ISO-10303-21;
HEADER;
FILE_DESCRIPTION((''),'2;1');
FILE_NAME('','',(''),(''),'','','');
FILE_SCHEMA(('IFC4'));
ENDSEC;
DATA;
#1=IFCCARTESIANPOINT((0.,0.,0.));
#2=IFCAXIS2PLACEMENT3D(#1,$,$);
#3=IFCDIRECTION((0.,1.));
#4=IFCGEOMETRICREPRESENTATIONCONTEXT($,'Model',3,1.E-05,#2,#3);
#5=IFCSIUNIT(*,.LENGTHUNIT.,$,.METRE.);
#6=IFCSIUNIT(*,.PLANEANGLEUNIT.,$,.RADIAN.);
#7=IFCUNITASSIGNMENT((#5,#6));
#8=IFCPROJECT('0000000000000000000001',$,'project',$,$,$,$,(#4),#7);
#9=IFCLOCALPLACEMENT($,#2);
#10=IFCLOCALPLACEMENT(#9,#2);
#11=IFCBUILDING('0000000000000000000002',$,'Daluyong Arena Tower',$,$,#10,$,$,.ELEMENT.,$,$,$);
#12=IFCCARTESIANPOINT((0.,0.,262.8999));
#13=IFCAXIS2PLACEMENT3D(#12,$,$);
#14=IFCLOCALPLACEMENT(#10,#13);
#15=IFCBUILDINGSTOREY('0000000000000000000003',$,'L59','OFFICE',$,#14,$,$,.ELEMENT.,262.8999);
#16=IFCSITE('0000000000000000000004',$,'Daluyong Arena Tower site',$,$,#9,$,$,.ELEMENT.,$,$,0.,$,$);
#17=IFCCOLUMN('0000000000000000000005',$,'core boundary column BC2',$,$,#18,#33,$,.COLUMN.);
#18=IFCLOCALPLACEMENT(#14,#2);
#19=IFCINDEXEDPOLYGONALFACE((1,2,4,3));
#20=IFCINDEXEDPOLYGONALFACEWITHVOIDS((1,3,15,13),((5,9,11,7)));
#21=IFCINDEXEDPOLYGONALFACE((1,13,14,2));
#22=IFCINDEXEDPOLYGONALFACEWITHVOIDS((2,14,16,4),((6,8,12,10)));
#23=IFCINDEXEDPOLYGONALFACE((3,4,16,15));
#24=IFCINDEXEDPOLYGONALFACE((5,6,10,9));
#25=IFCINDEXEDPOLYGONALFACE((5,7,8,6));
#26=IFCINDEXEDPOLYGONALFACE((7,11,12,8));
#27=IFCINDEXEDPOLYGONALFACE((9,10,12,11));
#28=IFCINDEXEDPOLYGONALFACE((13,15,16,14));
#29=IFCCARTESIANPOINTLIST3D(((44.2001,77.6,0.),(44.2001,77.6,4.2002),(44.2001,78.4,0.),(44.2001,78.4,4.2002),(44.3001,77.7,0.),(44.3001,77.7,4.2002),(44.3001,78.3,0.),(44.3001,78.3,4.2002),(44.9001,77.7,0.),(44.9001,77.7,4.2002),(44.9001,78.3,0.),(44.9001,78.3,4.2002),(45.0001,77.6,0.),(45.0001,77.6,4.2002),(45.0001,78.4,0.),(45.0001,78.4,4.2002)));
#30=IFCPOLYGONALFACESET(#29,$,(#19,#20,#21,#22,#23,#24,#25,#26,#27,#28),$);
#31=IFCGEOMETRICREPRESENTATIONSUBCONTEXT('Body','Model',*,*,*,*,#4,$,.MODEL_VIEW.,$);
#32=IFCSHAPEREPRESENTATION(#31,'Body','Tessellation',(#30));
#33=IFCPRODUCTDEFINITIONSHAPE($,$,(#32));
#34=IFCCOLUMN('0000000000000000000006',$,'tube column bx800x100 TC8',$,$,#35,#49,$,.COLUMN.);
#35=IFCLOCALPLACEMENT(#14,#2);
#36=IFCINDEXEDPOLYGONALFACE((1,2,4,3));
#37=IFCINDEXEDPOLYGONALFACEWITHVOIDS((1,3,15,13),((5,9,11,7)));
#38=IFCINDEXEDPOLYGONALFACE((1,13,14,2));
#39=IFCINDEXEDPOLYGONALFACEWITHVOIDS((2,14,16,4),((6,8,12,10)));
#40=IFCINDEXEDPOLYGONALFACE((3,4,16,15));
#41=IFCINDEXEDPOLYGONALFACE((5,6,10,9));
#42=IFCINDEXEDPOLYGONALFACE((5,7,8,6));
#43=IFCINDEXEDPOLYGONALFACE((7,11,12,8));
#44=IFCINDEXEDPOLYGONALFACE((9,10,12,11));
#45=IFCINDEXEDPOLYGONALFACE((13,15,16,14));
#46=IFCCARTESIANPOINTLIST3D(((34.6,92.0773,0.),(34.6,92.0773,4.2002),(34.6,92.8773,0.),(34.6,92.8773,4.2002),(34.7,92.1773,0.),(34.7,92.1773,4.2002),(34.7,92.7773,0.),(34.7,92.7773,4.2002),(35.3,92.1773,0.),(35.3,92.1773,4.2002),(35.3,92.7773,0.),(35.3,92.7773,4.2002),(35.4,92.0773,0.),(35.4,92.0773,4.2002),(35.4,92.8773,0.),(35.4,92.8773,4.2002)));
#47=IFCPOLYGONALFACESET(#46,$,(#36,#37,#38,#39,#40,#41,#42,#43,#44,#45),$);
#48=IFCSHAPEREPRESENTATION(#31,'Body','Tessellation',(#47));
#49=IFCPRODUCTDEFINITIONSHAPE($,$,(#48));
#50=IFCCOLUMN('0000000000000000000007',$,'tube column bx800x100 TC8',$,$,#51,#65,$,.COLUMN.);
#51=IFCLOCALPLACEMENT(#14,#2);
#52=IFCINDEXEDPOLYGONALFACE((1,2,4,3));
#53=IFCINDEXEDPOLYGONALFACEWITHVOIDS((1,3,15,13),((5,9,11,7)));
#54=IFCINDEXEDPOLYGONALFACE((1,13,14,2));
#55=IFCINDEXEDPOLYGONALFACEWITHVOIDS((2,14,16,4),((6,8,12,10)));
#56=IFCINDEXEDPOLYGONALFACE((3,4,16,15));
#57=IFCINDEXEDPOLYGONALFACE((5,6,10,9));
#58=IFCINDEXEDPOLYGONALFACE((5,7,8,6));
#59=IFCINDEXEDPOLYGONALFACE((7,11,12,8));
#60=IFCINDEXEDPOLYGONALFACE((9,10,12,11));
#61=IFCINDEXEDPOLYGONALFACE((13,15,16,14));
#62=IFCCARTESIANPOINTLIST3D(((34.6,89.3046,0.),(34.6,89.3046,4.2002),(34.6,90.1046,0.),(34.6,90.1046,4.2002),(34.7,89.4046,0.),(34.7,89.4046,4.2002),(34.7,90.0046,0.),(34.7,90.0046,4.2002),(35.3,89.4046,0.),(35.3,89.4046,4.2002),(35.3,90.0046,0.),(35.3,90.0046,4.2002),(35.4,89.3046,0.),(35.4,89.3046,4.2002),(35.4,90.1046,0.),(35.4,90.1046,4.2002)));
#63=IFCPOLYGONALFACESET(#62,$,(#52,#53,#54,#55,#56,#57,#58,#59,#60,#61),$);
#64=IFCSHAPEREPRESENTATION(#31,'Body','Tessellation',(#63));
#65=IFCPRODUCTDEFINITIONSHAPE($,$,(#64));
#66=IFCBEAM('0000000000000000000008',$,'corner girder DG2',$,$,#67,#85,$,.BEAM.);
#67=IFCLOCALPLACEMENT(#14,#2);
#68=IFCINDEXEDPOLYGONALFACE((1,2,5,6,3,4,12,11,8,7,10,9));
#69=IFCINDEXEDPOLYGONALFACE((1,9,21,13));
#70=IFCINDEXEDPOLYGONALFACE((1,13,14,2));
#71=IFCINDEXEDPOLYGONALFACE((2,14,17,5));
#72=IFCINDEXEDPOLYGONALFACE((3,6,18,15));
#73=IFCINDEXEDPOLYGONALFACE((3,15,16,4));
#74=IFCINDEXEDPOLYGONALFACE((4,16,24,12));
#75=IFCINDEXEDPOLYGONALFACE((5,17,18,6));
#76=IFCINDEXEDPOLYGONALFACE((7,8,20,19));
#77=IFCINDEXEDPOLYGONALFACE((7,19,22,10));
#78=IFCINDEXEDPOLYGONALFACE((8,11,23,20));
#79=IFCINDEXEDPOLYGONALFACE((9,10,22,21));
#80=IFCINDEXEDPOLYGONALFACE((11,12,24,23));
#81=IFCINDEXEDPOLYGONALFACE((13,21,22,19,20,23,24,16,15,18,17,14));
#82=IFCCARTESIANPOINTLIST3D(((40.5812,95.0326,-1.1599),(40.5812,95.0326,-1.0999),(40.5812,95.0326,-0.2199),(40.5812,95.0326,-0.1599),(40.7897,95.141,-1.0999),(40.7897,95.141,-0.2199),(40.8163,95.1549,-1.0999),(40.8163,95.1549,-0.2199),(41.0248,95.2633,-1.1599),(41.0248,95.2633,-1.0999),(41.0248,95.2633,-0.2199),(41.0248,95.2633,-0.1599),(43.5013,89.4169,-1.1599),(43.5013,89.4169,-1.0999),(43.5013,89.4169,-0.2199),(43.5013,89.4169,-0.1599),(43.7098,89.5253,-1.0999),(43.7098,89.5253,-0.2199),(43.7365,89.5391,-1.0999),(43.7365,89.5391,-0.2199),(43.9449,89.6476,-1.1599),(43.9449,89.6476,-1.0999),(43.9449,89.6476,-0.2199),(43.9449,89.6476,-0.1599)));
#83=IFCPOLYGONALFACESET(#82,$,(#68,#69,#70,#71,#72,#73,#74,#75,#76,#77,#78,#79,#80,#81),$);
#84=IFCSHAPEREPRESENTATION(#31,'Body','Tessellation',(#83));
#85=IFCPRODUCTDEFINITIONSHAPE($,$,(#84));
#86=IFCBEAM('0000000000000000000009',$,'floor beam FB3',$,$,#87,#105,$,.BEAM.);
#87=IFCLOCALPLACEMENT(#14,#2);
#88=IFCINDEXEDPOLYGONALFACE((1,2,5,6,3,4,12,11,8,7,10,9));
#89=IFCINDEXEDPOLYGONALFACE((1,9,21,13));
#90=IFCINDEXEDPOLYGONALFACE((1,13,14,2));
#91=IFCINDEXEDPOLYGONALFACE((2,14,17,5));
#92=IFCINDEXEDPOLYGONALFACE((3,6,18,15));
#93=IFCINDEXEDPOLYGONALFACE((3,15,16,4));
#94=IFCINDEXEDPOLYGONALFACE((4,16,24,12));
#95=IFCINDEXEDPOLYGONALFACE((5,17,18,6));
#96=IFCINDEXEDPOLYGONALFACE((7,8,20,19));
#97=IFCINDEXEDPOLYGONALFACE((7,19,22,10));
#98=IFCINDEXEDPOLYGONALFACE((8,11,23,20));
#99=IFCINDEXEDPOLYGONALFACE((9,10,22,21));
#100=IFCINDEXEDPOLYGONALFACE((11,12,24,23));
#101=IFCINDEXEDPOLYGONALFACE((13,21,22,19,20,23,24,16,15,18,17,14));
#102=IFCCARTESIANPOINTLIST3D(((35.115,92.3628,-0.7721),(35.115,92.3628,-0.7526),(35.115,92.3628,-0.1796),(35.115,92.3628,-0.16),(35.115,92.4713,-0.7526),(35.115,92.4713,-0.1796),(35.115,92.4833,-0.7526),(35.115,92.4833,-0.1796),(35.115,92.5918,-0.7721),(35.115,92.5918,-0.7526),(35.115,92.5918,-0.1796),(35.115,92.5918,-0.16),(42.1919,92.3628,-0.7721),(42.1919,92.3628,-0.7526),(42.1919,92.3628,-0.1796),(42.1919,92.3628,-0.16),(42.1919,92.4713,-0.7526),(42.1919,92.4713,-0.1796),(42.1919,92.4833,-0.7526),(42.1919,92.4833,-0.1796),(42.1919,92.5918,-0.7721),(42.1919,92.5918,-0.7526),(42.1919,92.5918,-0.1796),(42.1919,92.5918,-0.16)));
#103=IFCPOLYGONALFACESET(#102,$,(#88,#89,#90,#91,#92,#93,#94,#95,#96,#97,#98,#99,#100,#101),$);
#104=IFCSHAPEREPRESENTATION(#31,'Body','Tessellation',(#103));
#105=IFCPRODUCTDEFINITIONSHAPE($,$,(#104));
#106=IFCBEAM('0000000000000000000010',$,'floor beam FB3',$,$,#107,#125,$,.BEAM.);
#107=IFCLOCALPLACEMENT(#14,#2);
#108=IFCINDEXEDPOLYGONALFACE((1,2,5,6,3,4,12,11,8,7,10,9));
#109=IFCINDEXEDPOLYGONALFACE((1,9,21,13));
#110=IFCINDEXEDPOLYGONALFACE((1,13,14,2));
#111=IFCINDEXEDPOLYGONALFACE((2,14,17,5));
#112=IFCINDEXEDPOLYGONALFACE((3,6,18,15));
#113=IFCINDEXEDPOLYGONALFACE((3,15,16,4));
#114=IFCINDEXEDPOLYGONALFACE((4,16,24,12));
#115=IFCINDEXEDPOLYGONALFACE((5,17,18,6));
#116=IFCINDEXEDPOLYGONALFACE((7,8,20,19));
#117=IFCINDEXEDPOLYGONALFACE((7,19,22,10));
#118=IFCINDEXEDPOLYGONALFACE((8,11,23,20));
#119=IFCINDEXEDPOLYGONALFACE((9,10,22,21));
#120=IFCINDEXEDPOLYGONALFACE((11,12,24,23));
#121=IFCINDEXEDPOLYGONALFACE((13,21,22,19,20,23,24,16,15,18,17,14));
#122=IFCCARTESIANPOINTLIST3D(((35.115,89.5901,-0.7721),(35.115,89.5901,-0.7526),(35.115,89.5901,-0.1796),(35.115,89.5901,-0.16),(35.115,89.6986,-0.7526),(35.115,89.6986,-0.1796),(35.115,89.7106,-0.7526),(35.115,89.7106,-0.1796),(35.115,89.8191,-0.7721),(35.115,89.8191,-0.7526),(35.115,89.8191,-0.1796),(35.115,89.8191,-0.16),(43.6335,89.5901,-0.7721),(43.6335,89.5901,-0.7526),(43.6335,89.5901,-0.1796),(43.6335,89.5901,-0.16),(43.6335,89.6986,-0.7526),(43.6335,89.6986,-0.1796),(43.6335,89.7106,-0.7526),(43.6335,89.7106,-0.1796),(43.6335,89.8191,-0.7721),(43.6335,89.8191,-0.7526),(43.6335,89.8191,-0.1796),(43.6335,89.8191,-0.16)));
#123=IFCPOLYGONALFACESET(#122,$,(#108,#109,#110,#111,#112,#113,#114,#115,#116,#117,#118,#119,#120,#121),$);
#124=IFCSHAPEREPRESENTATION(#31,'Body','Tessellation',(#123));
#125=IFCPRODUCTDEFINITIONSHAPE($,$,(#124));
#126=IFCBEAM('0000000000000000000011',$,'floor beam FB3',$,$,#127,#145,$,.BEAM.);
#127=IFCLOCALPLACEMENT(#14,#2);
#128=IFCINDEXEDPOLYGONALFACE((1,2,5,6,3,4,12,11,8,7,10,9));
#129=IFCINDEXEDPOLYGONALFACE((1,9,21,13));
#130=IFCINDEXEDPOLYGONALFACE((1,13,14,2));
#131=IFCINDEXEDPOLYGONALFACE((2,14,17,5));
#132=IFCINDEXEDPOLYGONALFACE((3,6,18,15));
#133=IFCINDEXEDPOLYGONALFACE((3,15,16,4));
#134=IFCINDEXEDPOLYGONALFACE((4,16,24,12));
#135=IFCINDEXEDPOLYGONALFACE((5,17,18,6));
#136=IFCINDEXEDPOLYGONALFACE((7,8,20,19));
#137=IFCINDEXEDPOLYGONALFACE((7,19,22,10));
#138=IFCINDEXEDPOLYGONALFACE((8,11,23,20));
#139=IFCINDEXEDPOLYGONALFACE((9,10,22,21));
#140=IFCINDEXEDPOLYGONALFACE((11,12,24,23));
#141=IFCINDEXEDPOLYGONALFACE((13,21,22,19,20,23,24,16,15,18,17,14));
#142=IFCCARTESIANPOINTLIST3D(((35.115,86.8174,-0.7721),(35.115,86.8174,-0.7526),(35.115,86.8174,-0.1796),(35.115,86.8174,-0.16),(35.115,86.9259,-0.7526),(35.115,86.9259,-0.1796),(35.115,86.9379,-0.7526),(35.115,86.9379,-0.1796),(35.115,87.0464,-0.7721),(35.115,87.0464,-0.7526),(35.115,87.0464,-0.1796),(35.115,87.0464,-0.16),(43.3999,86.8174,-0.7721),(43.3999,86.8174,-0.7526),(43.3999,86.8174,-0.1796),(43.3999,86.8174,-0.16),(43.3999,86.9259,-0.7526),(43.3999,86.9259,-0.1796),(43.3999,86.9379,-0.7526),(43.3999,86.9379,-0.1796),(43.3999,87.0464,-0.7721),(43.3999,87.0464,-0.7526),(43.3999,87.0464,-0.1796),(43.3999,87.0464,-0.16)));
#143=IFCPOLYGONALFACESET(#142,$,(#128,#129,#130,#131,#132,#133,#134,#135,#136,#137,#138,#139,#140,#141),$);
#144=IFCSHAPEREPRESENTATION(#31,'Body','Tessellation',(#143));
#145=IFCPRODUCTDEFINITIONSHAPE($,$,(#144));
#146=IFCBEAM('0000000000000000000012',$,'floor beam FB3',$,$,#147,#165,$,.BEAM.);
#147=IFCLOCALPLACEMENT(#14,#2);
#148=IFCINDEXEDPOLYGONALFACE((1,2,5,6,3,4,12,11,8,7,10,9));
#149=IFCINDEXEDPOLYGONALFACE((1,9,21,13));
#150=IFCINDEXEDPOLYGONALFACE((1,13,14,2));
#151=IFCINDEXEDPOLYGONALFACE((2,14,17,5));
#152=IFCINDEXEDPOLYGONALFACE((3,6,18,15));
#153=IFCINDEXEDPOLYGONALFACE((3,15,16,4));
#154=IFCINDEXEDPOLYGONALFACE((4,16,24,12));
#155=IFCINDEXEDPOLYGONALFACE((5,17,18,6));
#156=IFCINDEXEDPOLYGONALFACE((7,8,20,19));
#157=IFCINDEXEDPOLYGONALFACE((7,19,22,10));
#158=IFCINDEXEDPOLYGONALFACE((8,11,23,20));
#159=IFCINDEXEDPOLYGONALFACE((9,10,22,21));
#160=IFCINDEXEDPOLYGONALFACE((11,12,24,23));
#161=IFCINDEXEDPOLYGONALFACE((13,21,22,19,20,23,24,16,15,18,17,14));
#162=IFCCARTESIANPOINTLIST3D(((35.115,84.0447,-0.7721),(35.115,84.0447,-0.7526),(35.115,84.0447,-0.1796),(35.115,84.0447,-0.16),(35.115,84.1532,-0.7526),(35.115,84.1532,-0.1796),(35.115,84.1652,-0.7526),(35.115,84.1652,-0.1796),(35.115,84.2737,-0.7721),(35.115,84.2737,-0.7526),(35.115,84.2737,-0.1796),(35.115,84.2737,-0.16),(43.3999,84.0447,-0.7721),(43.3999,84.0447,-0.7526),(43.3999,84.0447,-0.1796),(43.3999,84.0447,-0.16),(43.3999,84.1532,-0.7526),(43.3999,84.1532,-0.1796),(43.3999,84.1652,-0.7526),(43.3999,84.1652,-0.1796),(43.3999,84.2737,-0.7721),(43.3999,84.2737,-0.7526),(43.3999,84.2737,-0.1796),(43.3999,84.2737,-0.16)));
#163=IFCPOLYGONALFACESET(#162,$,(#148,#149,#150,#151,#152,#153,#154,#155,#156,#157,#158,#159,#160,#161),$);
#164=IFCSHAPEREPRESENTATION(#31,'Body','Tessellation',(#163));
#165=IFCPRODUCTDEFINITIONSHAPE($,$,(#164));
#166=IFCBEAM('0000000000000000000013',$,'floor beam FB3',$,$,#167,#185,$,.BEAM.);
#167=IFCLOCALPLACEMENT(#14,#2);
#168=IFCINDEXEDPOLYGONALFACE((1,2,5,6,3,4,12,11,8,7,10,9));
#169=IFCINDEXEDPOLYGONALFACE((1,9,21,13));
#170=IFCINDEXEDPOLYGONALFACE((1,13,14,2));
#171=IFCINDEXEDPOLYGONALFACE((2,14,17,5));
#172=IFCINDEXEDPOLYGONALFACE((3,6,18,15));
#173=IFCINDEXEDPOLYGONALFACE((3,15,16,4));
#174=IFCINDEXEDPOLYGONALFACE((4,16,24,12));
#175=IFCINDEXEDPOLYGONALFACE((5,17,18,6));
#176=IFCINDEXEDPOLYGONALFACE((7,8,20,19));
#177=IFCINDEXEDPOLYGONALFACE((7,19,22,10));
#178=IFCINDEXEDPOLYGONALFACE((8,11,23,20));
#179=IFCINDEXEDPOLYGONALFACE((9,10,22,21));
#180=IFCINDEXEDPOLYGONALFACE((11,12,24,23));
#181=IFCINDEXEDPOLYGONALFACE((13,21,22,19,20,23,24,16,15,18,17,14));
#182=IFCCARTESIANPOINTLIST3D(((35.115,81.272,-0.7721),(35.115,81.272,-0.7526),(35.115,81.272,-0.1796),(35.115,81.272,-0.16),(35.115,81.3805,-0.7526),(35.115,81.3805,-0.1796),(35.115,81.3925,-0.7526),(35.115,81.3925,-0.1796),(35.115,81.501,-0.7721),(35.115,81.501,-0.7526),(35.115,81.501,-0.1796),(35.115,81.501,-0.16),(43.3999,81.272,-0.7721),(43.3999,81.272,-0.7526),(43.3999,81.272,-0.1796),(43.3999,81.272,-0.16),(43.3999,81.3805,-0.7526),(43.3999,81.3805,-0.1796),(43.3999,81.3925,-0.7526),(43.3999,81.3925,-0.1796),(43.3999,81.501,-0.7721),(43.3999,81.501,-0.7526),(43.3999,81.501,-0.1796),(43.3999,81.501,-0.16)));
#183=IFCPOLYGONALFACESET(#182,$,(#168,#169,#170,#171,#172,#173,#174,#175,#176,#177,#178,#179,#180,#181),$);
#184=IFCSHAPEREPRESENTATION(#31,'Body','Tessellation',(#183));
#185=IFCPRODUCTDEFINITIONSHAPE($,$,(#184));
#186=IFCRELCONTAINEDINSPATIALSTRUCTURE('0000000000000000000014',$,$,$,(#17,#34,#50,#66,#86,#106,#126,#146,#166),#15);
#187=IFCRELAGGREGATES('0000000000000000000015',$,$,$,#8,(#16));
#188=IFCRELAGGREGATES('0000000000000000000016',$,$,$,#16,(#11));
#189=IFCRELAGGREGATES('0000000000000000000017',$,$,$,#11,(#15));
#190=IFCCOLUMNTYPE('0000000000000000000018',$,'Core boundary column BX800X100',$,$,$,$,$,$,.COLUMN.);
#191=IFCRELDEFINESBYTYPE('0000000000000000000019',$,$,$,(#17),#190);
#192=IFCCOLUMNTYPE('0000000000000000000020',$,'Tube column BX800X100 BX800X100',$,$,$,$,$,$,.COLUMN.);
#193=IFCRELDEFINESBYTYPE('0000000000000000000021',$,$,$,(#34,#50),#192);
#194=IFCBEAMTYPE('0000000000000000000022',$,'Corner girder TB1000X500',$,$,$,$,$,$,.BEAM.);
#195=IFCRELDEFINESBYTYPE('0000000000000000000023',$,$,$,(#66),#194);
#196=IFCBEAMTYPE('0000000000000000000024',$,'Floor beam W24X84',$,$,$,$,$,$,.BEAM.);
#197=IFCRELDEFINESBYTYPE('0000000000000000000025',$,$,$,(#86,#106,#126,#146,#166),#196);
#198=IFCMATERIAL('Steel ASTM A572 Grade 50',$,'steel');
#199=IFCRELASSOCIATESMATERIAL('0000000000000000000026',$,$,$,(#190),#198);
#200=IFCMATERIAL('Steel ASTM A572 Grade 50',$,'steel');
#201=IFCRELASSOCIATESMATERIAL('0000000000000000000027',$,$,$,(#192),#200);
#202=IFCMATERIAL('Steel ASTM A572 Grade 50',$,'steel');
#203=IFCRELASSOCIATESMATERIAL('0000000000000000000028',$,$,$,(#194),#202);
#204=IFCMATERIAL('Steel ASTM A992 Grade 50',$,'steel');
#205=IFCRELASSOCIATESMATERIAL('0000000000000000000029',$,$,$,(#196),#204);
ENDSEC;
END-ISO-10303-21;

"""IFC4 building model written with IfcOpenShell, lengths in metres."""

from ifc_helpers import new_model, si_unit, direction, frame, origin, origin_2d, place, context, subcontext, project, spatial, hollow_rectangle, i_section, extrude, material, material_profile, profile_set, type_object, element, save


model = new_model("IFC4")

# Units and contexts
model_context = context("Model", 3, precision=1e-05, world=origin(), true_north=direction((0.0, 1.0)))
body_context = subcontext(model_context, "Body", "Model", "MODEL_VIEW")
ifc_project = project(units=[si_unit("LENGTHUNIT", "METRE"), si_unit("PLANEANGLEUNIT", "RADIAN")], contexts=[model_context])

# Site, building, storey
site_placement = place(None, origin())
site = spatial("IfcSite", under=ifc_project, at=site_placement, Name="Daluyong Arena Tower site", CompositionType="ELEMENT", RefElevation=0.0)
building_placement = place(site_placement, origin())
building = spatial("IfcBuilding", under=site, at=building_placement, Name="Daluyong Arena Tower", CompositionType="ELEMENT")
storey_placement = place(building_placement, frame((0.0, 0.0, 262.8999)))
storey = spatial("IfcBuildingStorey", under=building, at=storey_placement, Name="L59", Description="OFFICE", CompositionType="ELEMENT", Elevation=262.8999)

# Columns
ifc_material_1 = material(Name="Steel ASTM A572 Grade 50", Category="steel")
ifc_material_profile_1 = material_profile(ifc_material_1, hollow_rectangle(XDim=0.8, YDim=0.8, WallThickness=0.1, at=origin_2d()))
ifc_profile_set_1 = profile_set([ifc_material_profile_1], Name="Steel ASTM A572 Grade 50")
column_type_1 = type_object("IfcColumnType", Name="Core boundary column BX800X100", PredefinedType="COLUMN", material=ifc_profile_set_1)
column_placement = place(storey_placement, frame((44.6001, 78.0, 0.0), z_axis=(0.0, 0.0, 1.0), x_axis=(1.0, 0.0, 0.0)))
element("IfcColumn", 1, at=column_placement, inside=storey, type_object=column_type_1, Name="core boundary column BC2", PredefinedType="COLUMN", context=body_context, shape_type="SweptSolid", body=[
    extrude(hollow_rectangle(XDim=0.8, YDim=0.8, WallThickness=0.1, at=origin_2d()), origin(), (0.0, 0.0, 1.0), 4.2002),
])
ifc_material_2 = material(Name="Steel ASTM A572 Grade 50", Category="steel")
ifc_material_profile_2 = material_profile(ifc_material_2, hollow_rectangle(XDim=0.8, YDim=0.8, WallThickness=0.1, at=origin_2d()))
ifc_profile_set_2 = profile_set([ifc_material_profile_2], Name="Steel ASTM A572 Grade 50")
column_type_2 = type_object("IfcColumnType", Name="Tube column BX800X100 BX800X100", PredefinedType="COLUMN", material=ifc_profile_set_2)
for number, where, z_axis, x_axis, name in (
    (2, (35.0, 92.4773, 0.0), (0.0, 0.0, 1.0), (0.0, 1.0, 0.0), "tube column bx800x100 TC8"),
    (3, (35.0, 89.7046, 0.0), (0.0, 0.0, 1.0), (0.0, 1.0, 0.0), "tube column bx800x100 TC8"),
):
    element("IfcColumn", number, at=place(storey_placement, frame(where, z_axis=z_axis, x_axis=x_axis)), inside=storey, type_object=column_type_2, Name=name, PredefinedType="COLUMN", context=body_context, shape_type="SweptSolid", body=[
        extrude(hollow_rectangle(XDim=0.8, YDim=0.8, WallThickness=0.1, at=origin_2d()), origin(), (0.0, 0.0, 1.0), 4.2002),
    ])

# Beams
ifc_material_3 = material(Name="Steel ASTM A572 Grade 50", Category="steel")
ifc_material_profile_3 = material_profile(ifc_material_3, i_section(OverallWidth=0.5, OverallDepth=1.0, WebThickness=0.03, FlangeThickness=0.06, at=origin_2d()))
ifc_profile_set_3 = profile_set([ifc_material_profile_3], Name="Steel ASTM A572 Grade 50")
beam_type_1 = type_object("IfcBeamType", Name="Corner girder TB1000X500", PredefinedType="BEAM", material=ifc_profile_set_3)
beam_1_placement = place(storey_placement, frame((40.803, 95.1479, -0.6599), z_axis=(0.461352, -0.887217, 0.0), x_axis=(0.887217, 0.461352, 0.0)))
element("IfcBeam", 4, at=beam_1_placement, inside=storey, type_object=beam_type_1, Name="corner girder DG2", PredefinedType="BEAM", context=body_context, shape_type="SweptSolid", body=[
    extrude(i_section(OverallWidth=0.5, OverallDepth=1.0, WebThickness=0.03, FlangeThickness=0.06, at=origin_2d()), origin(), (0.0, 0.0, 1.0), 6.3296),
])
ifc_material_4 = material(Name="Steel ASTM A992 Grade 50", Category="steel")
ifc_material_profile_4 = material_profile(ifc_material_4, i_section(OverallWidth=0.229, OverallDepth=0.6121, WebThickness=0.012, FlangeThickness=0.0195, at=origin_2d()))
ifc_profile_set_4 = profile_set([ifc_material_profile_4], Name="Steel ASTM A992 Grade 50")
beam_type_2 = type_object("IfcBeamType", Name="Floor beam W24X84", PredefinedType="BEAM", material=ifc_profile_set_4)
beam_2_placement = place(storey_placement, frame((35.115, 92.4773, -0.4661), z_axis=(1.0, 0.0, 0.0), x_axis=(0.0, 1.0, 0.0)))
element("IfcBeam", 5, at=beam_2_placement, inside=storey, type_object=beam_type_2, Name="floor beam FB3", PredefinedType="BEAM", context=body_context, shape_type="SweptSolid", body=[
    extrude(i_section(OverallWidth=0.229, OverallDepth=0.6121, WebThickness=0.012, FlangeThickness=0.0195, at=origin_2d()), origin(), (0.0, 0.0, 1.0), 7.0769),
])
beam_3_placement = place(storey_placement, frame((35.115, 89.7046, -0.4661), z_axis=(1.0, 0.0, 0.0), x_axis=(0.0, 1.0, 0.0)))
element("IfcBeam", 6, at=beam_3_placement, inside=storey, type_object=beam_type_2, Name="floor beam FB3", PredefinedType="BEAM", context=body_context, shape_type="SweptSolid", body=[
    extrude(i_section(OverallWidth=0.229, OverallDepth=0.6121, WebThickness=0.012, FlangeThickness=0.0195, at=origin_2d()), origin(), (0.0, 0.0, 1.0), 8.5186),
])
for number, where, z_axis, x_axis, name in (
    (7, (35.115, 86.9319, -0.4661), (1.0, 0.0, 0.0), (0.0, 1.0, 0.0), "floor beam FB3"),
    (8, (35.115, 84.1592, -0.4661), (1.0, 0.0, 0.0), (0.0, 1.0, 0.0), "floor beam FB3"),
    (9, (35.115, 81.3865, -0.4661), (1.0, 0.0, 0.0), (0.0, 1.0, 0.0), "floor beam FB3"),
):
    element("IfcBeam", number, at=place(storey_placement, frame(where, z_axis=z_axis, x_axis=x_axis)), inside=storey, type_object=beam_type_2, Name=name, PredefinedType="BEAM", context=body_context, shape_type="SweptSolid", body=[
        extrude(i_section(OverallWidth=0.229, OverallDepth=0.6121, WebThickness=0.012, FlangeThickness=0.0195, at=origin_2d()), origin(), (0.0, 0.0, 1.0), 8.2849),
    ])

save(model, "model.ifc")
